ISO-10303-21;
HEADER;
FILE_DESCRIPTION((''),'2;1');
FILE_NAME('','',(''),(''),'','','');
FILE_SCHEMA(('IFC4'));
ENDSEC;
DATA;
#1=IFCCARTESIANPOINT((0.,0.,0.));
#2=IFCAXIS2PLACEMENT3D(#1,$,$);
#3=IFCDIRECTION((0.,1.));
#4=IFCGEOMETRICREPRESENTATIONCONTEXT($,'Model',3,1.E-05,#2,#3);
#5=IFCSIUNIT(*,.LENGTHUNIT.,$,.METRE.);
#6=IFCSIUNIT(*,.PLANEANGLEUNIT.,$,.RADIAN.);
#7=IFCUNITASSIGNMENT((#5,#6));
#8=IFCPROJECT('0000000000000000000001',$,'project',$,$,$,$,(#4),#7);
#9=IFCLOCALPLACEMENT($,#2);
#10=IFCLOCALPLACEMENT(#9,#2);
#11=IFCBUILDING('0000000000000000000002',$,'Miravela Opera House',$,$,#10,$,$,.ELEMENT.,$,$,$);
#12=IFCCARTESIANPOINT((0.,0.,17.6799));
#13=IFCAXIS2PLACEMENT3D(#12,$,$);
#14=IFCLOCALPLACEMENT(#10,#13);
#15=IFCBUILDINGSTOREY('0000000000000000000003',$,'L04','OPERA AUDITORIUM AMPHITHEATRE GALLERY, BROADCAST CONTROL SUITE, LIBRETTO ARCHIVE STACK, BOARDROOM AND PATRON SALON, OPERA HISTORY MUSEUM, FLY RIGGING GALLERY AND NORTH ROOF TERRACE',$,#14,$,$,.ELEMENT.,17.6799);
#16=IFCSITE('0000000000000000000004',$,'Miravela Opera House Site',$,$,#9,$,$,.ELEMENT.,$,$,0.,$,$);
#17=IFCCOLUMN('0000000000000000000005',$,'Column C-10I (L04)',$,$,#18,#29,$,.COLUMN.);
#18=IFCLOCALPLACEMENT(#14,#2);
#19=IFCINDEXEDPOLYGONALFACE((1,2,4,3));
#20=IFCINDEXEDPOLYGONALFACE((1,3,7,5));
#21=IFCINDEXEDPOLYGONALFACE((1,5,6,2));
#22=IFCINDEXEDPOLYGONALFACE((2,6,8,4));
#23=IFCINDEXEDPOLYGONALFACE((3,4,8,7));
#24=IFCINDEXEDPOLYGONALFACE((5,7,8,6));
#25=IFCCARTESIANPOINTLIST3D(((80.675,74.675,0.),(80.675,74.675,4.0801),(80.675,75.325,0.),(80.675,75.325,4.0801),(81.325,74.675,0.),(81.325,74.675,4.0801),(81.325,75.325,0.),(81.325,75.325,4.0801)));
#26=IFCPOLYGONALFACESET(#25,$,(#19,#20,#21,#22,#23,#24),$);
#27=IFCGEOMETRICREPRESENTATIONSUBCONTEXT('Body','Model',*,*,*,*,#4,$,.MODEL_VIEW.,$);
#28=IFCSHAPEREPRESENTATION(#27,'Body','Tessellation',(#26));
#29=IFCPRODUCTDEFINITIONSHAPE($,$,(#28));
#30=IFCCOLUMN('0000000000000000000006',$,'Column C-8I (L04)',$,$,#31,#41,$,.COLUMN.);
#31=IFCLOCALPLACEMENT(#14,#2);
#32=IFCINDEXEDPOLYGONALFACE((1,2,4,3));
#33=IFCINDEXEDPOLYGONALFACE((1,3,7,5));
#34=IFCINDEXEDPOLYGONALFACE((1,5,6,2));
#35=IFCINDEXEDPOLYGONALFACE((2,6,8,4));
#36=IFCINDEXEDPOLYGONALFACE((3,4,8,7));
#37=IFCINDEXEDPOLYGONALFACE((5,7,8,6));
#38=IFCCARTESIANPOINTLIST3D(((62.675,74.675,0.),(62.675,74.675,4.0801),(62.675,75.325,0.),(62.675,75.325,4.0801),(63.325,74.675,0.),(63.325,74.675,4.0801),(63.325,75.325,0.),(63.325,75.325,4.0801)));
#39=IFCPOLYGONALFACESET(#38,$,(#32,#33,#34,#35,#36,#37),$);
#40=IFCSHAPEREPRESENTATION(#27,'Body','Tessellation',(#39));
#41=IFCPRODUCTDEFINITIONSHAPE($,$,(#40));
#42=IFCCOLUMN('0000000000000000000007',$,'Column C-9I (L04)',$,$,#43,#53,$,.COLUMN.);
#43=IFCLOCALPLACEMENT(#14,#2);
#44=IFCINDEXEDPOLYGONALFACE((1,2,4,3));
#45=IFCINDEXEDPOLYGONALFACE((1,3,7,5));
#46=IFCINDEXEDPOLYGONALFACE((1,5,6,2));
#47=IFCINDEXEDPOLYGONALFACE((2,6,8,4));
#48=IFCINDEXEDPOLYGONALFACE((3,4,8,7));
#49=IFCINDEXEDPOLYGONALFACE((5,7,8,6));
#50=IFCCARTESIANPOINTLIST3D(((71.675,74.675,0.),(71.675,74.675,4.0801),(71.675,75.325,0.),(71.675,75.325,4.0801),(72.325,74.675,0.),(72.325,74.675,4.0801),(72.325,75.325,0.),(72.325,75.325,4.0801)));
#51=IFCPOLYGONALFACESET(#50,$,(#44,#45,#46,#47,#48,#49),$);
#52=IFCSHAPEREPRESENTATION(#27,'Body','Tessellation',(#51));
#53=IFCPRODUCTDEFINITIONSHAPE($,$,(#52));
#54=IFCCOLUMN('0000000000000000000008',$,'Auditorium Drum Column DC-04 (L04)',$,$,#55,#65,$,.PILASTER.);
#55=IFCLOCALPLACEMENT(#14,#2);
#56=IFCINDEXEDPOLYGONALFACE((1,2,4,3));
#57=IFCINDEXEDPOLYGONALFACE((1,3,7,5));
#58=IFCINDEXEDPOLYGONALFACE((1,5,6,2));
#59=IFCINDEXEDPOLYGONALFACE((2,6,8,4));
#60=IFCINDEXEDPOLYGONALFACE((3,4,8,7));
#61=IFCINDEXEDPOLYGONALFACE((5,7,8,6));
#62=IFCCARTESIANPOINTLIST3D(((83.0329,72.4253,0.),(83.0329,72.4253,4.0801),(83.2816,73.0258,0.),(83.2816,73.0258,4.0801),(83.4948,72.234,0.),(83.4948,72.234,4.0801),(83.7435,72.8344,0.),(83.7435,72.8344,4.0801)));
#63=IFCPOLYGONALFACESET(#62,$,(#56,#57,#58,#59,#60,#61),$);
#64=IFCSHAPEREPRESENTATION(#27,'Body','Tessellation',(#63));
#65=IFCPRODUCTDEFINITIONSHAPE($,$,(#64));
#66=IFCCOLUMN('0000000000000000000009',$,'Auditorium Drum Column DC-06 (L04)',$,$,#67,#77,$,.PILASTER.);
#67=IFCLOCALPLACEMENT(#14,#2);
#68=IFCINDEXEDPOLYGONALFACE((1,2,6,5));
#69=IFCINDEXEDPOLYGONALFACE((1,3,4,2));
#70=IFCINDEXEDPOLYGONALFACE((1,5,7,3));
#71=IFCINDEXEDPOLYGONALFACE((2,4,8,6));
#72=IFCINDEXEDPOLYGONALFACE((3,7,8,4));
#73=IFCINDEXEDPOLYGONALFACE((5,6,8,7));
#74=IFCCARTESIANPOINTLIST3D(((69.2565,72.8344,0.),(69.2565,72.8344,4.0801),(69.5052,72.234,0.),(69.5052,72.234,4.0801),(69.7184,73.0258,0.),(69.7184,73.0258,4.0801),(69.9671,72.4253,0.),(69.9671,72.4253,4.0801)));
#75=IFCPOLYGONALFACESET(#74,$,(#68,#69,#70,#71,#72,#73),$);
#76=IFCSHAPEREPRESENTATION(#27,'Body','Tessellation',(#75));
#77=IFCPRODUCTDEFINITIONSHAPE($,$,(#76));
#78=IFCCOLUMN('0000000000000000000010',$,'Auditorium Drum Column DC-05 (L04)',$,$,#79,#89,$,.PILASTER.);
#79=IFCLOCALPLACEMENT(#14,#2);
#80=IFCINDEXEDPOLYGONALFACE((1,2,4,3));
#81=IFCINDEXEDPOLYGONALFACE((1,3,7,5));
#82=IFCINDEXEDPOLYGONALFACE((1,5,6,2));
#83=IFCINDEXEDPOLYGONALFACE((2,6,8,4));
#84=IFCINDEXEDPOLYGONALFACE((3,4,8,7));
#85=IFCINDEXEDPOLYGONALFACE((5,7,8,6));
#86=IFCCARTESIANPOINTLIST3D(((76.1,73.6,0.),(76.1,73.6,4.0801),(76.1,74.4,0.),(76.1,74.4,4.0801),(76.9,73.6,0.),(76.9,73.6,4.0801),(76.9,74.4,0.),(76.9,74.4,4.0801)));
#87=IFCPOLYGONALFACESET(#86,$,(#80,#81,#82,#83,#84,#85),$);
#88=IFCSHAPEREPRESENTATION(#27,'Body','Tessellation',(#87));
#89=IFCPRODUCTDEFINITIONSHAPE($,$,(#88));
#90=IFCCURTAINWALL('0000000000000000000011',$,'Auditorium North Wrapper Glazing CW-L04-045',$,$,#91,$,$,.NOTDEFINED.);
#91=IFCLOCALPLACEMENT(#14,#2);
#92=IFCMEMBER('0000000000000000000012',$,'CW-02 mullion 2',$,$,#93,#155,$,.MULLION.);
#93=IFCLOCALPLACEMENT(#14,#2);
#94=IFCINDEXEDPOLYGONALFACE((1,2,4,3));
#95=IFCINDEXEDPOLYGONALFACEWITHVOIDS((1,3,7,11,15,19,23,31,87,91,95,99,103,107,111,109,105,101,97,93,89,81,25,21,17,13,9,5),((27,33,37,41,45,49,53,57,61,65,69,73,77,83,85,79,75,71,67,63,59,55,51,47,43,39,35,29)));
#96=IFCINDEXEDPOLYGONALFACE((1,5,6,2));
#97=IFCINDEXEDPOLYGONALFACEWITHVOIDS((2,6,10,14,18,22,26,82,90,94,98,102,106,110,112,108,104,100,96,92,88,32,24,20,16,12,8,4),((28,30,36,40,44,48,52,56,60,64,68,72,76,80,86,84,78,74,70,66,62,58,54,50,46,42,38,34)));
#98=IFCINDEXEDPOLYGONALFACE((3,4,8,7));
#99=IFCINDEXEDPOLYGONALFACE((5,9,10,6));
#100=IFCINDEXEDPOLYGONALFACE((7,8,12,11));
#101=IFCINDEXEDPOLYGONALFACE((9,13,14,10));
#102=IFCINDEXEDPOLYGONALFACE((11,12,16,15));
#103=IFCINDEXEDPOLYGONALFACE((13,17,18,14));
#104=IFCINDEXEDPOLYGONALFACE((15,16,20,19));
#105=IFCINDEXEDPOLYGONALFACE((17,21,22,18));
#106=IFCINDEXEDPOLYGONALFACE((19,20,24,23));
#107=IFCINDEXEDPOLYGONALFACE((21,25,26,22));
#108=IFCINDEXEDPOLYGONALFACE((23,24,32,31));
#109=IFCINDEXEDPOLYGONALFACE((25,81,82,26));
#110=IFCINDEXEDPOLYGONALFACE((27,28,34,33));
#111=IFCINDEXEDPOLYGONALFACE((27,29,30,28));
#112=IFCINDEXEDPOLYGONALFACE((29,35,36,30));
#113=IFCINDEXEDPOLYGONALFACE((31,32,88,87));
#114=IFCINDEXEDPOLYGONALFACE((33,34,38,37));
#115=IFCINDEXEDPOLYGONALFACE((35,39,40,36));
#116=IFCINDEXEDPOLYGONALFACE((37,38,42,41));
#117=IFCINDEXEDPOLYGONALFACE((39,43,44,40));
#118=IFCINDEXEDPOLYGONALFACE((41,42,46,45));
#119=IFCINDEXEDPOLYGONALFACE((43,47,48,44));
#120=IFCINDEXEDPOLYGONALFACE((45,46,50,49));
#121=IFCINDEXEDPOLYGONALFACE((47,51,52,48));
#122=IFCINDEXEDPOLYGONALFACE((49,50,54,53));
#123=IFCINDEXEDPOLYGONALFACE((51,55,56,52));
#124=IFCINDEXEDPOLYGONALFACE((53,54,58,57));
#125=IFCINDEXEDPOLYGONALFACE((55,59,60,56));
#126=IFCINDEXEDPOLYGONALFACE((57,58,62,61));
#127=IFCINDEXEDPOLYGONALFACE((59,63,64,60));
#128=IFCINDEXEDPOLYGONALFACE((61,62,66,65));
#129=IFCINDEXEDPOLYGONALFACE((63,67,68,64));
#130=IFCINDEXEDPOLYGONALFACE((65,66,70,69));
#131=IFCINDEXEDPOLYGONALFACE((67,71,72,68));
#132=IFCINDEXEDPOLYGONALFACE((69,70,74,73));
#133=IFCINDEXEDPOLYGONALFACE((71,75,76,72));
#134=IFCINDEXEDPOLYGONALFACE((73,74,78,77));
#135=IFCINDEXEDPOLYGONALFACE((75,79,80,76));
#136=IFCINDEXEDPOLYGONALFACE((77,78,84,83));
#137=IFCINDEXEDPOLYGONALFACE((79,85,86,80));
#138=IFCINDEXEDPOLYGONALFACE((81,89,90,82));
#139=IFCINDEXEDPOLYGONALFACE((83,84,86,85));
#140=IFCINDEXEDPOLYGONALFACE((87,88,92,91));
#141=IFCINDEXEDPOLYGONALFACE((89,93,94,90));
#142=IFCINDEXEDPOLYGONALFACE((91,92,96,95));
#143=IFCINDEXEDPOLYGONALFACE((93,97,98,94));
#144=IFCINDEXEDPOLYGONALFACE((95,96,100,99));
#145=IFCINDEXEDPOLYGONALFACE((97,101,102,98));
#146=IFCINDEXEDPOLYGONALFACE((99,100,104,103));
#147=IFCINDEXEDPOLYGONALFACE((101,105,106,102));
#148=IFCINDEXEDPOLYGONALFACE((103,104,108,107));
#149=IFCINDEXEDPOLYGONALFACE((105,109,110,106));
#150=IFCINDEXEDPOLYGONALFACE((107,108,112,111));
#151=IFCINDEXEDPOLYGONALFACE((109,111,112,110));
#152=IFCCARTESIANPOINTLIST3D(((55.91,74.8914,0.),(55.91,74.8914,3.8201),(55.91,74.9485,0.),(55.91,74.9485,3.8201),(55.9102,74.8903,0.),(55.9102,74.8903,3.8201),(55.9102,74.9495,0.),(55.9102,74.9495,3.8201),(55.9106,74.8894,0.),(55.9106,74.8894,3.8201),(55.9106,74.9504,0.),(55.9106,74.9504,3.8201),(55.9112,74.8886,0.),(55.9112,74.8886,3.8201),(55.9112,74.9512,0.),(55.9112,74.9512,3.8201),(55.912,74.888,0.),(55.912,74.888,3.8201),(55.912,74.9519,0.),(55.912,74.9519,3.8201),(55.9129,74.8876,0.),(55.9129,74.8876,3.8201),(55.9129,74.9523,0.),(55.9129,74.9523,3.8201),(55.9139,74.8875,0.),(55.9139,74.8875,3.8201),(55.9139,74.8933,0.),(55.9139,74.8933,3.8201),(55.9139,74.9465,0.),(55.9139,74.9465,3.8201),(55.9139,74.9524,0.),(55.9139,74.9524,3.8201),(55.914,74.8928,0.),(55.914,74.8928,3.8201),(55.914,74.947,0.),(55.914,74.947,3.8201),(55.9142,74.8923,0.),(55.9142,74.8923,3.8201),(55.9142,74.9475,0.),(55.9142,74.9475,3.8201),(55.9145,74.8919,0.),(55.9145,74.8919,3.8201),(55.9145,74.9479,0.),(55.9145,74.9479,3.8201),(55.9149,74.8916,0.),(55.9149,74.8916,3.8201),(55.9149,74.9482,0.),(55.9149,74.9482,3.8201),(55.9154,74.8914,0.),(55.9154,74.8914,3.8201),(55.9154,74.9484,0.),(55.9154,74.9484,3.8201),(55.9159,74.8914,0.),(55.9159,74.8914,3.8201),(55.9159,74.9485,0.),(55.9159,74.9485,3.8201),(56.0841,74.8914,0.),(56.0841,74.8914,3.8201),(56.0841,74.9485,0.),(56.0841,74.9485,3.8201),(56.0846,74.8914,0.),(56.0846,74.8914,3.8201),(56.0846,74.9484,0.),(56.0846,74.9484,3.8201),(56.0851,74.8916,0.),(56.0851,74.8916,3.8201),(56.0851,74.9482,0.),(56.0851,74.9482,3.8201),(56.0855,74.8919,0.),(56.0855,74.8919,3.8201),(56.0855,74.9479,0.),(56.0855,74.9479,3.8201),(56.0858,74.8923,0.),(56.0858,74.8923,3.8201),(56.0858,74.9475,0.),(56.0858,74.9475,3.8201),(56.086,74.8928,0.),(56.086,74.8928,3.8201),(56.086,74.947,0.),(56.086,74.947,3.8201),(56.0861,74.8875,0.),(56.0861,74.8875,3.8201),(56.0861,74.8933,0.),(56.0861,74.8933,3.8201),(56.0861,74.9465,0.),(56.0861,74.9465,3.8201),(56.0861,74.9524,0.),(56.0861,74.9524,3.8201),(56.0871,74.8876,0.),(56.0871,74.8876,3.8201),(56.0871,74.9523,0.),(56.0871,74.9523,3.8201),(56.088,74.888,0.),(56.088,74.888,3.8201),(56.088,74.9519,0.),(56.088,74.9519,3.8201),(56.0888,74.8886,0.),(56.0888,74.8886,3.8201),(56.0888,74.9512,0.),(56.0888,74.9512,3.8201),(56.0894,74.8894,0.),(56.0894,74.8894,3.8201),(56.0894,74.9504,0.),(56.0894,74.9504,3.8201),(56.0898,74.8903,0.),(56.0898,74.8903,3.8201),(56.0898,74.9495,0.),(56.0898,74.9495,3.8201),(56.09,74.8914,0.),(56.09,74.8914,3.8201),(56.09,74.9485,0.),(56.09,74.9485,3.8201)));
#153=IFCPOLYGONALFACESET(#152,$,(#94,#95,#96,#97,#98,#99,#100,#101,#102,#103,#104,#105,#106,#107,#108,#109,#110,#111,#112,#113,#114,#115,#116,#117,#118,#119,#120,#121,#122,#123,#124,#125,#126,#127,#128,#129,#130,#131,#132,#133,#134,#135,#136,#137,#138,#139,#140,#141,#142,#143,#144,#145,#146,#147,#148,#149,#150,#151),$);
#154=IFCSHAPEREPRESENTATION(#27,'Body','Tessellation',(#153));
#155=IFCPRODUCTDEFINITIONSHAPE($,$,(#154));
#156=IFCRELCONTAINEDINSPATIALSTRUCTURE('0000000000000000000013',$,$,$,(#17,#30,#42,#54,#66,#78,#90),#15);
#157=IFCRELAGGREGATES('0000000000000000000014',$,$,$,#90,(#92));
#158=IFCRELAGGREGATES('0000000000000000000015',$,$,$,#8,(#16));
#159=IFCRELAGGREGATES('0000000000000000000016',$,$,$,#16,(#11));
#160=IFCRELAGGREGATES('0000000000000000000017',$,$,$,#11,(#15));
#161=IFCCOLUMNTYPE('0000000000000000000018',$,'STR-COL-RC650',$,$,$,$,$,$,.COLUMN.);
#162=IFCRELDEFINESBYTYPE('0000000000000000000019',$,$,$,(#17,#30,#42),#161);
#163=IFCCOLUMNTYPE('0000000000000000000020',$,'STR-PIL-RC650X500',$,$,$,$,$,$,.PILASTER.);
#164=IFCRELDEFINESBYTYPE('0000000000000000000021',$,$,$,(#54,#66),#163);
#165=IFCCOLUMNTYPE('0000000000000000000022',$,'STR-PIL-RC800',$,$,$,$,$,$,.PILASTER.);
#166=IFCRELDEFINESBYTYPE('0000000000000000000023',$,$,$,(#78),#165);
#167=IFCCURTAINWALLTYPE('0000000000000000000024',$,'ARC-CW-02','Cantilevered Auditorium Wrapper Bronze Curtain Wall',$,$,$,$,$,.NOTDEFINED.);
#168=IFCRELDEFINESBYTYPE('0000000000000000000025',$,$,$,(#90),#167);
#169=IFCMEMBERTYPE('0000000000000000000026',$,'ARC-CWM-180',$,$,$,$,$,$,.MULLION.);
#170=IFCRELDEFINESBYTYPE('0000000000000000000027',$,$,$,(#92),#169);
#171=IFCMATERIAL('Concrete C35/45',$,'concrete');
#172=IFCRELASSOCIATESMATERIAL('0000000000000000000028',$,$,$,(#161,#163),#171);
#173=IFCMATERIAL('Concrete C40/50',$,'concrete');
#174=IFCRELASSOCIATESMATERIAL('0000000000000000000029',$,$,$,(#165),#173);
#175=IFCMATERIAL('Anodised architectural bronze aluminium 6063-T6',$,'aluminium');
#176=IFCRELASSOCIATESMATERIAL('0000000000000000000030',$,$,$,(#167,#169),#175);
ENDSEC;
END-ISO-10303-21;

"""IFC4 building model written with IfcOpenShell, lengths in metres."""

from ifc_helpers import new_model, si_unit, direction, frame, origin, origin_2d, place, context, subcontext, project, spatial, rectangle, hollow_rectangle, extrude, material, material_profile, profile_set, type_object, element, aggregate, save


model = new_model("IFC4")

# Units and contexts
model_context = context("Model", 3, precision=1e-05, world=origin(), true_north=direction((0.0, 1.0)))
body_context = subcontext(model_context, "Body", "Model", "MODEL_VIEW")
ifc_project = project(units=[si_unit("LENGTHUNIT", "METRE"), si_unit("PLANEANGLEUNIT", "RADIAN")], contexts=[model_context])

# Site, building, storey
site_placement = place(None, origin())
site = spatial("IfcSite", under=ifc_project, at=site_placement, Name="Miravela Opera House Site", CompositionType="ELEMENT", RefElevation=0.0)
building_placement = place(site_placement, origin())
building = spatial("IfcBuilding", under=site, at=building_placement, Name="Miravela Opera House", CompositionType="ELEMENT")
storey_placement = place(building_placement, frame((0.0, 0.0, 17.6799)))
storey = spatial("IfcBuildingStorey", under=building, at=storey_placement, Name="L04", Description="OPERA AUDITORIUM AMPHITHEATRE GALLERY, BROADCAST CONTROL SUITE, LIBRETTO ARCHIVE STACK, BOARDROOM AND PATRON SALON, OPERA HISTORY MUSEUM, FLY RIGGING GALLERY AND NORTH ROOF TERRACE", CompositionType="ELEMENT", Elevation=17.6799)

# Columns
ifc_material_1 = material(Name="Concrete C35/45", Category="concrete")
ifc_material_profile_1 = material_profile(ifc_material_1, rectangle(XDim=0.6499, YDim=0.6499, at=origin_2d()), Name="RC-COL-650X650")
ifc_profile_set_1 = profile_set([ifc_material_profile_1])
column_type_1 = type_object("IfcColumnType", Name="STR-COL-RC650", PredefinedType="COLUMN", material=ifc_profile_set_1)
for number, where, z_axis, x_axis, name in (
    (1, (81.0, 75.0, 0.0), (0.0, 0.0, 1.0), (1.0, 0.0, 0.0), "Column C-10I (L04)"),
    (2, (63.0, 75.0, 0.0), (0.0, 0.0, 1.0), (1.0, 0.0, 0.0), "Column C-8I (L04)"),
    (3, (72.0, 75.0, 0.0), (0.0, 0.0, 1.0), (1.0, 0.0, 0.0), "Column C-9I (L04)"),
):
    element("IfcColumn", number, at=place(storey_placement, frame(where, z_axis=z_axis, x_axis=x_axis)), inside=storey, type_object=column_type_1, Name=name, PredefinedType="COLUMN", context=body_context, shape_type="SweptSolid", body=[
        extrude(rectangle(XDim=0.6499, YDim=0.6499, at=origin_2d()), origin(), (0.0, 0.0, 1.0), 4.0801),
    ])
ifc_material_profile_2 = material_profile(ifc_material_1, rectangle(XDim=0.6499, YDim=0.5, at=origin_2d()), Name="RC-PIL-650X500")
ifc_profile_set_2 = profile_set([ifc_material_profile_2])
column_type_2 = type_object("IfcColumnType", Name="STR-PIL-RC650X500", PredefinedType="PILASTER", material=ifc_profile_set_2)
for number, where, z_axis, x_axis, name in (
    (4, (83.3882, 72.6299, 0.0), (0.0, 0.0, 1.0), (0.382683, 0.92388, 0.0), "Auditorium Drum Column DC-04 (L04)"),
    (5, (69.6118, 72.6299, 0.0), (0.0, 0.0, 1.0), (-0.382683, 0.92388, 0.0), "Auditorium Drum Column DC-06 (L04)"),
):
    element("IfcColumn", number, at=place(storey_placement, frame(where, z_axis=z_axis, x_axis=x_axis)), inside=storey, type_object=column_type_2, Name=name, PredefinedType="PILASTER", context=body_context, shape_type="SweptSolid", body=[
        extrude(rectangle(XDim=0.6499, YDim=0.5, at=origin_2d()), origin(), (0.0, 0.0, 1.0), 4.0801),
    ])
ifc_material_2 = material(Name="Concrete C40/50", Category="concrete")
ifc_material_profile_3 = material_profile(ifc_material_2, rectangle(XDim=0.8, YDim=0.8, at=origin_2d()), Name="RC-COL-800X800")
ifc_profile_set_3 = profile_set([ifc_material_profile_3])
column_type_3 = type_object("IfcColumnType", Name="STR-PIL-RC800", PredefinedType="PILASTER", material=ifc_profile_set_3)
column_placement = place(storey_placement, frame((76.5, 74.0, 0.0), z_axis=(0.0, 0.0, 1.0), x_axis=(0.0, 1.0, 0.0)))
element("IfcColumn", 6, at=column_placement, inside=storey, type_object=column_type_3, Name="Auditorium Drum Column DC-05 (L04)", PredefinedType="PILASTER", context=body_context, shape_type="SweptSolid", body=[
    extrude(rectangle(XDim=0.8, YDim=0.8, at=origin_2d()), origin(), (0.0, 0.0, 1.0), 4.0801),
])

# Curtain wall, member
ifc_material_3 = material(Name="Anodised architectural bronze aluminium 6063-T6", Category="aluminium")
curtain_wall_type = type_object("IfcCurtainWallType", Name="ARC-CW-02", Description="Cantilevered Auditorium Wrapper Bronze Curtain Wall", PredefinedType="NOTDEFINED", material=ifc_material_3)
curtain_wall_placement = place(storey_placement, origin())
curtain_wall = element("IfcCurtainWall", 7, at=curtain_wall_placement, inside=storey, type_object=curtain_wall_type, Name="Auditorium North Wrapper Glazing CW-L04-045", PredefinedType="NOTDEFINED")
ifc_material_profile_4 = material_profile(ifc_material_3, hollow_rectangle(XDim=0.0649, YDim=0.1799, WallThickness=0.0039, InnerFilletRadius=0.002, OuterFilletRadius=0.0039, at=origin_2d()), Name="CWM-65X180")
ifc_profile_set_4 = profile_set([ifc_material_profile_4])
member_type_1 = type_object("IfcMemberType", Name="ARC-CWM-180", PredefinedType="MULLION", material=ifc_profile_set_4)
member_1_placement = place(storey_placement, frame((56.0, 74.9199, 0.0), z_axis=(0.0, 0.0, 1.0), x_axis=(0.0, 1.0, 0.0)))
member_1 = element("IfcMember", 8, at=member_1_placement, type_object=member_type_1, Name="CW-02 mullion 2", PredefinedType="MULLION", context=body_context, shape_type="SweptSolid", body=[
    extrude(hollow_rectangle(XDim=0.0649, YDim=0.1799, WallThickness=0.0039, InnerFilletRadius=0.002, OuterFilletRadius=0.0039, at=origin_2d()), origin(), (0.0, 0.0, 1.0), 3.8201),
])

aggregate(curtain_wall, [member_1])

save(model, "model.ifc")
